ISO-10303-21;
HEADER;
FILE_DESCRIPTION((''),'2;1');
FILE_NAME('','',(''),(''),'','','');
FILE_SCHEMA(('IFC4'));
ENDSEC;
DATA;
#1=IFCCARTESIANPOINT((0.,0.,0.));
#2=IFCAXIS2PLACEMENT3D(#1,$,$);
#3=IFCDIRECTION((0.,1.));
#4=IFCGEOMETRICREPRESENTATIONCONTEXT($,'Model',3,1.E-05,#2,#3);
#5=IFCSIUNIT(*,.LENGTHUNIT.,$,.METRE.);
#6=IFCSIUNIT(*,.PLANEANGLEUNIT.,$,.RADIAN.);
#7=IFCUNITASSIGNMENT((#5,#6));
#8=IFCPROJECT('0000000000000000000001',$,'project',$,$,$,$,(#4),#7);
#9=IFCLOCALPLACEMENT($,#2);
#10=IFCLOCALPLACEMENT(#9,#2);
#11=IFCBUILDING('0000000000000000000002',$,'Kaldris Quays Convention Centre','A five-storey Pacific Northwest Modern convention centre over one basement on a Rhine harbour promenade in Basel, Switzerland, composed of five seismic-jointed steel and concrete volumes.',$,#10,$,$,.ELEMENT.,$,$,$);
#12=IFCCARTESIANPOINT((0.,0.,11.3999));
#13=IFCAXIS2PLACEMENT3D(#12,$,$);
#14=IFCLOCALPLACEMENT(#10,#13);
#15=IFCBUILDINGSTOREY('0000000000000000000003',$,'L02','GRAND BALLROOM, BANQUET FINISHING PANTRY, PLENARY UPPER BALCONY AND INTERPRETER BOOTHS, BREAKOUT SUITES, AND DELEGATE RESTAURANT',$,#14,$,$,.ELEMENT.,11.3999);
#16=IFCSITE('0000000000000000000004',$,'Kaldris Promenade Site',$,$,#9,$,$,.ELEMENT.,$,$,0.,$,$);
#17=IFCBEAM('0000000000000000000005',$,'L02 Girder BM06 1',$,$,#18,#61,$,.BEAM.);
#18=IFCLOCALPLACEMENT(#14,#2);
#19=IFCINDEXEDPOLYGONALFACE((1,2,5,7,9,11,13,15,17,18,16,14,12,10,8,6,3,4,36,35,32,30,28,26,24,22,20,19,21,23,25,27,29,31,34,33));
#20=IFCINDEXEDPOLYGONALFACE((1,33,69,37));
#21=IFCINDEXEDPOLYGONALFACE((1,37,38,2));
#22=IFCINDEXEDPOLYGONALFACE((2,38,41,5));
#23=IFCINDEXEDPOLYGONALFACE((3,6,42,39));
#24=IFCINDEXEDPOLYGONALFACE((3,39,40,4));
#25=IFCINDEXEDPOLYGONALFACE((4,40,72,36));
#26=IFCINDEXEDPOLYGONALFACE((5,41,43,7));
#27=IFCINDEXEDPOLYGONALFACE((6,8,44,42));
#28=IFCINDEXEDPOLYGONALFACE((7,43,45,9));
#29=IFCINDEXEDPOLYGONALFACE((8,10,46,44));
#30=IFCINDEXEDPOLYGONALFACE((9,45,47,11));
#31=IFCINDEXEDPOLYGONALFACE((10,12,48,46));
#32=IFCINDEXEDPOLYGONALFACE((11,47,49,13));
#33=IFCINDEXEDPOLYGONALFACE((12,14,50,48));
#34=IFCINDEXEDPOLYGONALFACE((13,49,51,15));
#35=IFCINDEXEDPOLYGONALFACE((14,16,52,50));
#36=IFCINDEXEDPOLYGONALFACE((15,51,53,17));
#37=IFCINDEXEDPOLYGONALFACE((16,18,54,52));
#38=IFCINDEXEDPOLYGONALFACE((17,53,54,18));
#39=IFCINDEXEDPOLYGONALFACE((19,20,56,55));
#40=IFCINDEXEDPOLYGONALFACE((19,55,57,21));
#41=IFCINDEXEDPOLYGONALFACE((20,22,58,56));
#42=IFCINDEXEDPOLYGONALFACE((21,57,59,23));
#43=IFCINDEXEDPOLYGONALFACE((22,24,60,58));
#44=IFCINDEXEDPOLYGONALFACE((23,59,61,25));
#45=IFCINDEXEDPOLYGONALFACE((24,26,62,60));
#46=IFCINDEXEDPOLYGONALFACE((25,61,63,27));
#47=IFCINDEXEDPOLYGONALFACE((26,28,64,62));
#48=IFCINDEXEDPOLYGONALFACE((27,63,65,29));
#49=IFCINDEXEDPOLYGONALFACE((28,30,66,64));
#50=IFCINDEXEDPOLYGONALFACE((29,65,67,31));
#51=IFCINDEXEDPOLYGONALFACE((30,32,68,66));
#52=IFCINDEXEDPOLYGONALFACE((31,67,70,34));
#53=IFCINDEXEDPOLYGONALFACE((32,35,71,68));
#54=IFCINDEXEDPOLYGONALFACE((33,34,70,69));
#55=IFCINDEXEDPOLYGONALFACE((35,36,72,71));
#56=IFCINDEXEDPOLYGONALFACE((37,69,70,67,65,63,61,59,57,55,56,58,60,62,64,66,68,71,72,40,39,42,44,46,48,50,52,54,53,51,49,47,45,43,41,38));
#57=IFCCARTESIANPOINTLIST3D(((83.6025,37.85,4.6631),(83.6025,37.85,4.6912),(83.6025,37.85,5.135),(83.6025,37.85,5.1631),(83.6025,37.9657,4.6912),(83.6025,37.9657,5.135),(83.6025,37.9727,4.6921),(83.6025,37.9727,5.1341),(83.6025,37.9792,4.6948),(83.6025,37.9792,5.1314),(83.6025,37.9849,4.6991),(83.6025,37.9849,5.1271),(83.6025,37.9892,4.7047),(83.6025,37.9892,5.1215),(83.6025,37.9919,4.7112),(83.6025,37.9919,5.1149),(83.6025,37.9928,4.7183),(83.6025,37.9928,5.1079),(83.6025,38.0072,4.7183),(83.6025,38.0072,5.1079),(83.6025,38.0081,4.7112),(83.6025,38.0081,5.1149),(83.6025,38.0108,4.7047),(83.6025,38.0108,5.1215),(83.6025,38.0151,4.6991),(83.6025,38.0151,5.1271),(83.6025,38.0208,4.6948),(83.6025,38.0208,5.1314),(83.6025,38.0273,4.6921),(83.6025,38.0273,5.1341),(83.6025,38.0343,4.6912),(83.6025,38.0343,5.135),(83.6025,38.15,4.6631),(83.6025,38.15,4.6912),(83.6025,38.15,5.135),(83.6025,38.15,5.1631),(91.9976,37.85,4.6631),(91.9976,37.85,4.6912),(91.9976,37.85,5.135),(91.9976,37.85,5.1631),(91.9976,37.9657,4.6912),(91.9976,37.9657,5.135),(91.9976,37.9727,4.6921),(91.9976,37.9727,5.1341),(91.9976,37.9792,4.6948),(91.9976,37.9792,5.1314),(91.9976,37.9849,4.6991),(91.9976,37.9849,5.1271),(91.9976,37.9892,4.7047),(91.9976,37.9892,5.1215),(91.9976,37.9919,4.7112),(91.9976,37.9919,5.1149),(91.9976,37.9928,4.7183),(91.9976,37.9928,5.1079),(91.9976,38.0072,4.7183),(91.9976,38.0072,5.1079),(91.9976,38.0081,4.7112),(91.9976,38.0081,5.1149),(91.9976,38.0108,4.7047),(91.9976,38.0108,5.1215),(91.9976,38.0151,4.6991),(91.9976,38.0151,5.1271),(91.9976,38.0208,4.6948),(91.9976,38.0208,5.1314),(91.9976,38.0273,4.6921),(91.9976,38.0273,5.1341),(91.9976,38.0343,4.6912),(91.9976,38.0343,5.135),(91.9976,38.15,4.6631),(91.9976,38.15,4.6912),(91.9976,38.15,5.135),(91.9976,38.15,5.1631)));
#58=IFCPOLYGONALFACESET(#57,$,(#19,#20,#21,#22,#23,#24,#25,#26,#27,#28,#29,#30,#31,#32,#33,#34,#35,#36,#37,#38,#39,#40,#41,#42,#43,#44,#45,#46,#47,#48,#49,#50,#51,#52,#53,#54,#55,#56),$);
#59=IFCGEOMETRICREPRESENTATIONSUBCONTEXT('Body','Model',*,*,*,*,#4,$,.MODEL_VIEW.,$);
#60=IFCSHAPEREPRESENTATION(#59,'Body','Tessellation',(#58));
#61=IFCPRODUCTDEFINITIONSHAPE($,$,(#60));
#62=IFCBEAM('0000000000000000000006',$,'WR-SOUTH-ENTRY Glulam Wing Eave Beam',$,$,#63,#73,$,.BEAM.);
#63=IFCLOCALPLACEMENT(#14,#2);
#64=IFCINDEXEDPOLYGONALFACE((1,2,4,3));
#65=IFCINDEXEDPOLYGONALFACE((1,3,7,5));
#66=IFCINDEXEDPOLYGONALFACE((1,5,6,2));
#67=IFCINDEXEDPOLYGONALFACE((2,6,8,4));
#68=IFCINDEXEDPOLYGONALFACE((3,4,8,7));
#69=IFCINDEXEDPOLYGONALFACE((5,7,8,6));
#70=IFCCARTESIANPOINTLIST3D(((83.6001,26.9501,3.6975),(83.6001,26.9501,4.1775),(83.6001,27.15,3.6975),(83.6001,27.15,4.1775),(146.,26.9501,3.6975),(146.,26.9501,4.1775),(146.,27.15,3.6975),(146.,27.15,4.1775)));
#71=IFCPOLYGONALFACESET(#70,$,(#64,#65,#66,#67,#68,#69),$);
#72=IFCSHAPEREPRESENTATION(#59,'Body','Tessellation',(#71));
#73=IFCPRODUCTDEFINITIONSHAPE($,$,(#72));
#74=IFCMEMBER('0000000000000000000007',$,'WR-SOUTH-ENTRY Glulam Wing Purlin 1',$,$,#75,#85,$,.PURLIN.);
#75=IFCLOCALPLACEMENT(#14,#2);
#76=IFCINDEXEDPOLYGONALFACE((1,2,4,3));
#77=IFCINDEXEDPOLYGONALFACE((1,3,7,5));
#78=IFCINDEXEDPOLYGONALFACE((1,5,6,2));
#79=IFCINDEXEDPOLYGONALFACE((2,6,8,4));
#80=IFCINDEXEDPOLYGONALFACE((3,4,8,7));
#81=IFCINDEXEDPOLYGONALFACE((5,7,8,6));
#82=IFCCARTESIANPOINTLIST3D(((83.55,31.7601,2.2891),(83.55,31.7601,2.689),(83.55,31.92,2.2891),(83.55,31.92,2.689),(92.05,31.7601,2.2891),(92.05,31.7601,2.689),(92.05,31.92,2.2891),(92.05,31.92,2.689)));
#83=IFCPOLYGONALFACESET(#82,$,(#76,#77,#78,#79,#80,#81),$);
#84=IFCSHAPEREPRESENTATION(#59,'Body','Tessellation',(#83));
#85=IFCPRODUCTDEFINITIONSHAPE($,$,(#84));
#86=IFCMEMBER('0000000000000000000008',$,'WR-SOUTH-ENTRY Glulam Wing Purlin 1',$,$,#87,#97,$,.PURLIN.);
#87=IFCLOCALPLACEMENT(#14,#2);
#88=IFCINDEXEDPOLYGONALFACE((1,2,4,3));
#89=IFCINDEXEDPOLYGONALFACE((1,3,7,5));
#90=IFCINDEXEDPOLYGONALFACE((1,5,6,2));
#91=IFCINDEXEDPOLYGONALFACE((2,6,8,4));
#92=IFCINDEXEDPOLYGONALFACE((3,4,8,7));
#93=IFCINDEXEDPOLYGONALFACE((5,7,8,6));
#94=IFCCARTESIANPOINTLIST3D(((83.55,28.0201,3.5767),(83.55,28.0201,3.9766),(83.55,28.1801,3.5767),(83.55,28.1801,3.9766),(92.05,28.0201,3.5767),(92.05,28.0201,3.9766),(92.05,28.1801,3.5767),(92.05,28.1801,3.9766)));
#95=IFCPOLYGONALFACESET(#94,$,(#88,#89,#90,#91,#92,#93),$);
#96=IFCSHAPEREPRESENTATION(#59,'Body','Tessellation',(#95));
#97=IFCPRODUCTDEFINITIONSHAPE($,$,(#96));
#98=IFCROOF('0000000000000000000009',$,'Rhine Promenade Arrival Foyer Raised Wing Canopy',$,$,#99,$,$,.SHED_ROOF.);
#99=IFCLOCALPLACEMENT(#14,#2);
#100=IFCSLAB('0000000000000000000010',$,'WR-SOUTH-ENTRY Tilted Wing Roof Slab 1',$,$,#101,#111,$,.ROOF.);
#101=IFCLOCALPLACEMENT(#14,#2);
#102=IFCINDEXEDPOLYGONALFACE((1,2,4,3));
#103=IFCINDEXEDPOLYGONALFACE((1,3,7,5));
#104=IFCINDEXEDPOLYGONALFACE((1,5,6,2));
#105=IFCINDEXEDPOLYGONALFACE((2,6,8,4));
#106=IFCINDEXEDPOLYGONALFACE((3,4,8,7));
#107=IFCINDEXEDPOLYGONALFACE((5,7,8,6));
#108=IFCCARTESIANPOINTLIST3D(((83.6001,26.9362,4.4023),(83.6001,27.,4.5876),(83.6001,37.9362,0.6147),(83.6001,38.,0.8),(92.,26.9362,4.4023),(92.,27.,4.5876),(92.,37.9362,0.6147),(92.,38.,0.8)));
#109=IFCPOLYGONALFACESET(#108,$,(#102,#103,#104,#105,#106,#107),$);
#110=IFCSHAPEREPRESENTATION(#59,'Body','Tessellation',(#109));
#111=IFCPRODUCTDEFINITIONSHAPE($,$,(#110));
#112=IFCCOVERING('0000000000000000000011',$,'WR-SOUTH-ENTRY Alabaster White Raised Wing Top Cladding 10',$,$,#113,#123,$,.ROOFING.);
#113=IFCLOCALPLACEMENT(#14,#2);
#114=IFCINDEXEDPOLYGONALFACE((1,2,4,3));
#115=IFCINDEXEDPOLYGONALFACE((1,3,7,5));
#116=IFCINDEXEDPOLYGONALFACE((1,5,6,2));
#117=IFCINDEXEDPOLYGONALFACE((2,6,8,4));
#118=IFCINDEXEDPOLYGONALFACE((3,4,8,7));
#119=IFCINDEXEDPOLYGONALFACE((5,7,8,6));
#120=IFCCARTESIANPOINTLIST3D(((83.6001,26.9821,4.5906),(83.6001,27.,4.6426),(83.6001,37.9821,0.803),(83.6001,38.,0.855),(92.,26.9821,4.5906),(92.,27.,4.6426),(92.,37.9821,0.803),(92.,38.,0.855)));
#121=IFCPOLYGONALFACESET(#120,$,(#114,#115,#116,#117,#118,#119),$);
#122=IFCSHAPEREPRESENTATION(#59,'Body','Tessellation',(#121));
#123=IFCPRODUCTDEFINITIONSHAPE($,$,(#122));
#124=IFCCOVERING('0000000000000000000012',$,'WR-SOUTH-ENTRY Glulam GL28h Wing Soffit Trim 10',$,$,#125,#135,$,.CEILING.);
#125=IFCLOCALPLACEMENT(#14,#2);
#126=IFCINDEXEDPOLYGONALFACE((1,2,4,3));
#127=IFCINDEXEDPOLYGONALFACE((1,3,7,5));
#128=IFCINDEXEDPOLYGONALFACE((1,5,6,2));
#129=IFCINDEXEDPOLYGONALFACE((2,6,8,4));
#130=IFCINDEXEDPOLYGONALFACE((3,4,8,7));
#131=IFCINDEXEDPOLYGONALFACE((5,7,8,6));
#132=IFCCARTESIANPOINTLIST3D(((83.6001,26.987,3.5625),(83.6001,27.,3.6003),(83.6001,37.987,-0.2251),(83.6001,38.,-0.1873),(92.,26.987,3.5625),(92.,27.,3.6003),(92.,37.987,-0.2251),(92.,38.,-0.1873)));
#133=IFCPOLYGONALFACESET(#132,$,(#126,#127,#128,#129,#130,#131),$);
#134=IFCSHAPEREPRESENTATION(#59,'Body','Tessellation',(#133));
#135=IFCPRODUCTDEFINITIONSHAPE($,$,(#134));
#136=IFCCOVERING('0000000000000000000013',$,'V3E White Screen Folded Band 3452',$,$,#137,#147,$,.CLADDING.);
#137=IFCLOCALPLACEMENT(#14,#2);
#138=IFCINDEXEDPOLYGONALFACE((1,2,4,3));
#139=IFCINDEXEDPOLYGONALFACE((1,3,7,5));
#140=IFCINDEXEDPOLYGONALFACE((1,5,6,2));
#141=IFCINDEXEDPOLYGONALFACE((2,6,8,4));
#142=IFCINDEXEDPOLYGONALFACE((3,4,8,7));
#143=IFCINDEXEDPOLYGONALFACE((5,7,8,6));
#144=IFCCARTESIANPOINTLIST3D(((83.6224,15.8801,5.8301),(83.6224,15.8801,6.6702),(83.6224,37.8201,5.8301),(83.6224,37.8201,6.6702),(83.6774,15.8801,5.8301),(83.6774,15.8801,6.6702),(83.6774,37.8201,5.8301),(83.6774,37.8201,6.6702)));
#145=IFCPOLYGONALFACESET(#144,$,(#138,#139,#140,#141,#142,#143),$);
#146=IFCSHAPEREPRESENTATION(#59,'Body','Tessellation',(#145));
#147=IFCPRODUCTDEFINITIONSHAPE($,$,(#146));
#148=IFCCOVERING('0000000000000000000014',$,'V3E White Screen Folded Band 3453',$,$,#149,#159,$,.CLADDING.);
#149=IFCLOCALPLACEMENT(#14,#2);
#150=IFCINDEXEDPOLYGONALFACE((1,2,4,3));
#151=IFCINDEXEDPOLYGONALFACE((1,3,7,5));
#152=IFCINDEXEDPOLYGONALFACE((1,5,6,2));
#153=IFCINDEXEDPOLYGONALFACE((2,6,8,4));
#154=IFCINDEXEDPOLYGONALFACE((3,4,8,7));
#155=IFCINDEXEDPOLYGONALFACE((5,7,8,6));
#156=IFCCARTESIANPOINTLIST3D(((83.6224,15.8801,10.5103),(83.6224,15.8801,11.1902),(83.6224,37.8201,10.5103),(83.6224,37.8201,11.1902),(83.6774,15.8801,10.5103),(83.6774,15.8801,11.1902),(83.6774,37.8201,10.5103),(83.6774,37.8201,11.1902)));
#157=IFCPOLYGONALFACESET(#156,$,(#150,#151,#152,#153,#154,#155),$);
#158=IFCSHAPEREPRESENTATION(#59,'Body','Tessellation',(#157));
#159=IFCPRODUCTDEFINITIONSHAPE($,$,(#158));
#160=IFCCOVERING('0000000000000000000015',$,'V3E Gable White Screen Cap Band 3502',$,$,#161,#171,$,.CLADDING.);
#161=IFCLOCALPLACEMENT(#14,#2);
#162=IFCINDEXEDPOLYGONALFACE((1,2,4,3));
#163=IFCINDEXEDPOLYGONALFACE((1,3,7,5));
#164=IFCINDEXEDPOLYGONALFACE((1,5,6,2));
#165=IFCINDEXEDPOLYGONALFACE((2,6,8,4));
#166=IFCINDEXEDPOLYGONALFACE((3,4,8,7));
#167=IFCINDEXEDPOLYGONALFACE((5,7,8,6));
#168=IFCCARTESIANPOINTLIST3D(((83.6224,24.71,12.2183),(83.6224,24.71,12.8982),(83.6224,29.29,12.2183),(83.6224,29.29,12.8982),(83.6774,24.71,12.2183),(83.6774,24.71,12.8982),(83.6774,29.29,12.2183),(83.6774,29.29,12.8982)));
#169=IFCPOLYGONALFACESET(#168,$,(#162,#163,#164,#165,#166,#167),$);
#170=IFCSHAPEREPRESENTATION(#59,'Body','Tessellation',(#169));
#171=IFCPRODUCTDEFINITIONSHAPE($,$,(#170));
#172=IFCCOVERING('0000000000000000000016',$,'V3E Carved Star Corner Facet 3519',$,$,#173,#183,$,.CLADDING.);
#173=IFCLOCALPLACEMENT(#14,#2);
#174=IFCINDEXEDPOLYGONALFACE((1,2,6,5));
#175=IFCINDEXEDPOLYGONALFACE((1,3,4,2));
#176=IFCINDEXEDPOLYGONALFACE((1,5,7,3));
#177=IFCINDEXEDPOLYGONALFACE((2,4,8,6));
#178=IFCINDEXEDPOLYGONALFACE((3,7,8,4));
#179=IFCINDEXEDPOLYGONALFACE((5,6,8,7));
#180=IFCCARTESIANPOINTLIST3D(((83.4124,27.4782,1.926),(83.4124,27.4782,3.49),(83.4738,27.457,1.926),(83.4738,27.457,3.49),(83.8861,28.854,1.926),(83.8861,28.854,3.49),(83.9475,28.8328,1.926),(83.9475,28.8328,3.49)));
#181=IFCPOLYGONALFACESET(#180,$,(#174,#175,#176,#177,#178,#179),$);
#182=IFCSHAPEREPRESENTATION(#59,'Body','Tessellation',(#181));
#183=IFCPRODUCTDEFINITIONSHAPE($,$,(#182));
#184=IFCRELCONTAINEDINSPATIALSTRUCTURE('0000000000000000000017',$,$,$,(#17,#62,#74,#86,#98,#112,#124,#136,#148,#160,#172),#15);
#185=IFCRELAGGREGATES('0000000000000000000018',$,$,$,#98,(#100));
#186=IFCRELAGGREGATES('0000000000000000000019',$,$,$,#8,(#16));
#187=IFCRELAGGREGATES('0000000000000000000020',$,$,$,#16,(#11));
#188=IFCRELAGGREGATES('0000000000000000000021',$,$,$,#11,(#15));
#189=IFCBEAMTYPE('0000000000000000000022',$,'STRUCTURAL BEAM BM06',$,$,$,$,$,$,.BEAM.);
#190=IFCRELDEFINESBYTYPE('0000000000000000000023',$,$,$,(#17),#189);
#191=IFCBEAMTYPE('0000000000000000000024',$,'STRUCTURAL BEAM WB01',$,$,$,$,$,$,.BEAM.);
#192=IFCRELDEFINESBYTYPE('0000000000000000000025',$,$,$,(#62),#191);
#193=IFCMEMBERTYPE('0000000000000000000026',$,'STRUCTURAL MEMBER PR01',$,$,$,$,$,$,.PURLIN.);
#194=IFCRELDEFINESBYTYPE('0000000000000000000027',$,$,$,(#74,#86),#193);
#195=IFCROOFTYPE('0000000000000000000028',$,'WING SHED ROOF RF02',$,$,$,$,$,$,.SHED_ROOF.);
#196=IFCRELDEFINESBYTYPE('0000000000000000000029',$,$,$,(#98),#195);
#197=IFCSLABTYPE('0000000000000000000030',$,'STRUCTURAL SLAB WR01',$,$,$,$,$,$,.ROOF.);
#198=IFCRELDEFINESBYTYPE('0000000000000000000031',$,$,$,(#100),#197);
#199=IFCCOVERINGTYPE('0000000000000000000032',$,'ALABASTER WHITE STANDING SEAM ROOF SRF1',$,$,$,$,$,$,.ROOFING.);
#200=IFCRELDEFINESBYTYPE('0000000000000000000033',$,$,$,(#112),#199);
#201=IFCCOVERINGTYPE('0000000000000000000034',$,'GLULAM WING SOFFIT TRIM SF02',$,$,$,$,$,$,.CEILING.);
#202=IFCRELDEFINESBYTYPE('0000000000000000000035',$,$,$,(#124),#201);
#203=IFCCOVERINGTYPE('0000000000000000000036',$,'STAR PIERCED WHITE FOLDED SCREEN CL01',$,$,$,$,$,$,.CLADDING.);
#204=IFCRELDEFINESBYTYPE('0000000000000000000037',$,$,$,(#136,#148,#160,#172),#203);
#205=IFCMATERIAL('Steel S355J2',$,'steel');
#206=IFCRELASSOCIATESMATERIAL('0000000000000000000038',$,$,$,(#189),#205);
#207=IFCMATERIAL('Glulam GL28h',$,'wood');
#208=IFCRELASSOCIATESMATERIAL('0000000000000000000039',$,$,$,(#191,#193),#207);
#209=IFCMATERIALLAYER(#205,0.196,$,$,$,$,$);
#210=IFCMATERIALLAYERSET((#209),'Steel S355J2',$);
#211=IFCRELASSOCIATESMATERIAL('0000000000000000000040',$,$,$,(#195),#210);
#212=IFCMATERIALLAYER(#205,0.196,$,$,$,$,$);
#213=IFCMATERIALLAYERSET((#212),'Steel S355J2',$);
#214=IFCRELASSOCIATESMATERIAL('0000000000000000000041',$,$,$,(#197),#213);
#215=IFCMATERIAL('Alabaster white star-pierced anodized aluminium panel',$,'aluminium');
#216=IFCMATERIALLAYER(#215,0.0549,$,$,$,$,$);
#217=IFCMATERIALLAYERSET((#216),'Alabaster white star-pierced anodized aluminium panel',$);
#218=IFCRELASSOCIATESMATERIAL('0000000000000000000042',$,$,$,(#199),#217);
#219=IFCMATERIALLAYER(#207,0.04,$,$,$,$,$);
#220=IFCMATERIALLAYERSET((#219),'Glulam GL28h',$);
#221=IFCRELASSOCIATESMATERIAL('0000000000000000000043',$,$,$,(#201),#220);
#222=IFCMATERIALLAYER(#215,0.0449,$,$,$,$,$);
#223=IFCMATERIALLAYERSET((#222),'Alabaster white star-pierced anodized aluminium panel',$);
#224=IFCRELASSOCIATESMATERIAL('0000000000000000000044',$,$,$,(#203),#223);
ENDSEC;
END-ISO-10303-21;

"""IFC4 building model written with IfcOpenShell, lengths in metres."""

from ifc_helpers import new_model, si_unit, direction, frame, origin, origin_2d, place, context, subcontext, project, spatial, polyline, rectangle, i_section, outline, extrude, material, layer, layer_set, material_profile, profile_set, type_object, element, aggregate, save


model = new_model("IFC4")

# Units and contexts
model_context = context("Model", 3, precision=1e-05, world=origin(), true_north=direction((0.0, 1.0)))
body_context = subcontext(model_context, "Body", "Model", "MODEL_VIEW")
ifc_project = project(units=[si_unit("LENGTHUNIT", "METRE"), si_unit("PLANEANGLEUNIT", "RADIAN")], contexts=[model_context])

# Site, building, storey
site_placement = place(None, origin())
site = spatial("IfcSite", under=ifc_project, at=site_placement, Name="Kaldris Promenade Site", CompositionType="ELEMENT", RefElevation=0.0)
building_placement = place(site_placement, origin())
building = spatial("IfcBuilding", under=site, at=building_placement, Name="Kaldris Quays Convention Centre", Description="A five-storey Pacific Northwest Modern convention centre over one basement on a Rhine harbour promenade in Basel, Switzerland, composed of five seismic-jointed steel and concrete volumes.", CompositionType="ELEMENT")
storey_placement = place(building_placement, frame((0.0, 0.0, 11.3999)))
storey = spatial("IfcBuildingStorey", under=building, at=storey_placement, Name="L02", Description="GRAND BALLROOM, BANQUET FINISHING PANTRY, PLENARY UPPER BALCONY AND INTERPRETER BOOTHS, BREAKOUT SUITES, AND DELEGATE RESTAURANT", CompositionType="ELEMENT", Elevation=11.3999)

# Beams
ifc_material_1 = material(Name="Steel S355J2", Category="steel")
ifc_material_profile_1 = material_profile(ifc_material_1, i_section(OverallWidth=0.3, OverallDepth=0.5, WebThickness=0.0144, FlangeThickness=0.0281, FilletRadius=0.0271, at=origin_2d()), Name="HEB 500")
ifc_profile_set_1 = profile_set([ifc_material_profile_1], Name="Steel S355J2")
beam_type_1 = type_object("IfcBeamType", Name="STRUCTURAL BEAM BM06", PredefinedType="BEAM", material=ifc_profile_set_1)
beam_1_placement = place(storey_placement, frame((83.6025, 38.0, 4.9131), z_axis=(1.0, 0.0, 0.0), x_axis=(0.0, 1.0, 0.0)))
element("IfcBeam", 1, at=beam_1_placement, inside=storey, type_object=beam_type_1, Name="L02 Girder BM06 1", PredefinedType="BEAM", context=body_context, shape_type="SweptSolid", body=[
    extrude(i_section(OverallWidth=0.3, OverallDepth=0.5, WebThickness=0.0144, FlangeThickness=0.0281, FilletRadius=0.0271, at=origin_2d()), origin(), (0.0, 0.0, 1.0), 8.395),
])
ifc_material_2 = material(Name="Glulam GL28h", Category="wood")
ifc_material_profile_2 = material_profile(ifc_material_2, rectangle(XDim=0.2, YDim=0.48, at=origin_2d()), Name="GL 200x480")
ifc_profile_set_2 = profile_set([ifc_material_profile_2], Name="Glulam GL28h")
beam_type_2 = type_object("IfcBeamType", Name="STRUCTURAL BEAM WB01", PredefinedType="BEAM", material=ifc_profile_set_2)
beam_2_placement = place(storey_placement, frame((83.6001, 27.05, 3.9375), z_axis=(1.0, 0.0, 0.0), x_axis=(0.0, 1.0, 0.0)))
element("IfcBeam", 2, at=beam_2_placement, inside=storey, type_object=beam_type_2, Name="WR-SOUTH-ENTRY Glulam Wing Eave Beam", PredefinedType="BEAM", context=body_context, shape_type="SweptSolid", body=[
    extrude(rectangle(XDim=0.2, YDim=0.48, at=origin_2d()), origin(), (0.0, 0.0, 1.0), 62.3999),
])

# Members
ifc_material_profile_3 = material_profile(ifc_material_2, rectangle(XDim=0.1599, YDim=0.3999, at=origin_2d()), Name="GL 160x400")
ifc_profile_set_3 = profile_set([ifc_material_profile_3], Name="Glulam GL28h")
member_type = type_object("IfcMemberType", Name="STRUCTURAL MEMBER PR01", PredefinedType="PURLIN", material=ifc_profile_set_3)
for number, where, z_axis, x_axis, name in (
    (3, (83.55, 31.8401, 2.489), (1.0, 0.0, 0.0), (0.0, 1.0, 0.0), "WR-SOUTH-ENTRY Glulam Wing Purlin 1"),
    (4, (83.55, 28.1001, 3.7766), (1.0, 0.0, 0.0), (0.0, 1.0, 0.0), "WR-SOUTH-ENTRY Glulam Wing Purlin 1"),
):
    element("IfcMember", number, at=place(storey_placement, frame(where, z_axis=z_axis, x_axis=x_axis)), inside=storey, type_object=member_type, Name=name, PredefinedType="PURLIN", context=body_context, shape_type="SweptSolid", body=[
        extrude(rectangle(XDim=0.1599, YDim=0.3999, at=origin_2d()), origin(), (0.0, 0.0, 1.0), 8.5),
    ])

# Roof, slab
ifc_layer_1 = layer(ifc_material_1, 0.196)
ifc_layer_set_1 = layer_set([ifc_layer_1], Name="Steel S355J2")
roof_type = type_object("IfcRoofType", Name="WING SHED ROOF RF02", PredefinedType="SHED_ROOF", material=ifc_layer_set_1)
roof_placement = place(storey_placement, origin())
roof = element("IfcRoof", 5, at=roof_placement, inside=storey, type_object=roof_type, Name="Rhine Promenade Arrival Foyer Raised Wing Canopy", PredefinedType="SHED_ROOF")
ifc_layer_2 = layer(ifc_material_1, 0.196)
ifc_layer_set_2 = layer_set([ifc_layer_2], Name="Steel S355J2")
slab_type = type_object("IfcSlabType", Name="STRUCTURAL SLAB WR01", PredefinedType="ROOF", material=ifc_layer_set_2)
slab_placement = place(storey_placement, frame((83.6001, 27.0, 4.5876), z_axis=(0.0, 0.325568, 0.945519), x_axis=(1.0, 0.0, 0.0)))
slab = element("IfcSlab", 6, at=slab_placement, type_object=slab_type, Name="WR-SOUTH-ENTRY Tilted Wing Roof Slab 1", PredefinedType="ROOF", context=body_context, shape_type="SweptSolid", body=[
    extrude(outline(polyline([(0.0, 0.0), (8.3999, 0.0), (8.3999, 11.6338), (0.0, 11.6338), (0.0, 0.0)])), origin(), (0.0, 0.0, -1.0), 0.196),
])
aggregate(roof, [slab])

# Coverings
ifc_material_3 = material(Name="Alabaster white star-pierced anodized aluminium panel", Category="aluminium")
ifc_layer_3 = layer(ifc_material_3, 0.0549)
ifc_layer_set_3 = layer_set([ifc_layer_3], Name="Alabaster white star-pierced anodized aluminium panel")
covering_type_1 = type_object("IfcCoveringType", Name="ALABASTER WHITE STANDING SEAM ROOF SRF1", PredefinedType="ROOFING", material=ifc_layer_set_3)
covering_1_placement = place(storey_placement, frame((83.6001, 27.0, 4.6426), z_axis=(0.0, 0.325568, 0.945519), x_axis=(1.0, 0.0, 0.0)))
element("IfcCovering", 7, at=covering_1_placement, inside=storey, type_object=covering_type_1, Name="WR-SOUTH-ENTRY Alabaster White Raised Wing Top Cladding 10", PredefinedType="ROOFING", context=body_context, shape_type="SweptSolid", body=[
    extrude(outline(polyline([(0.0, 0.0), (8.3999, 0.0), (8.3999, 11.6338), (0.0, 11.6338), (0.0, 0.0)])), origin(), (0.0, 0.0, -1.0), 0.0549),
])
ifc_layer_4 = layer(ifc_material_2, 0.04)
ifc_layer_set_4 = layer_set([ifc_layer_4], Name="Glulam GL28h")
covering_type_2 = type_object("IfcCoveringType", Name="GLULAM WING SOFFIT TRIM SF02", PredefinedType="CEILING", material=ifc_layer_set_4)
covering_2_placement = place(storey_placement, frame((83.6001, 27.0, 3.6003), z_axis=(0.0, 0.325568, 0.945519), x_axis=(1.0, 0.0, 0.0)))
element("IfcCovering", 8, at=covering_2_placement, inside=storey, type_object=covering_type_2, Name="WR-SOUTH-ENTRY Glulam GL28h Wing Soffit Trim 10", PredefinedType="CEILING", context=body_context, shape_type="SweptSolid", body=[
    extrude(outline(polyline([(0.0, 0.0), (8.3999, 0.0), (8.3999, 11.6338), (0.0, 11.6338), (0.0, 0.0)])), origin(), (0.0, 0.0, -1.0), 0.04),
])
ifc_layer_5 = layer(ifc_material_3, 0.0449)
ifc_layer_set_5 = layer_set([ifc_layer_5], Name="Alabaster white star-pierced anodized aluminium panel")
covering_type_3 = type_object("IfcCoveringType", Name="STAR PIERCED WHITE FOLDED SCREEN CL01", PredefinedType="CLADDING", material=ifc_layer_set_5)
covering_3_placement = place(storey_placement, frame((83.6499, 26.8501, 5.8301), z_axis=(0.0, 0.0, 1.0), x_axis=(0.0, 1.0, 0.0)))
element("IfcCovering", 9, at=covering_3_placement, inside=storey, type_object=covering_type_3, Name="V3E White Screen Folded Band 3452", PredefinedType="CLADDING", context=body_context, shape_type="SweptSolid", body=[
    extrude(rectangle(XDim=21.9399, YDim=0.0549, at=origin_2d()), origin(), (0.0, 0.0, 1.0), 0.8401),
])
covering_4_placement = place(storey_placement, frame((83.6499, 26.8501, 10.5103), z_axis=(0.0, 0.0, 1.0), x_axis=(0.0, 1.0, 0.0)))
element("IfcCovering", 10, at=covering_4_placement, inside=storey, type_object=covering_type_3, Name="V3E White Screen Folded Band 3453", PredefinedType="CLADDING", context=body_context, shape_type="SweptSolid", body=[
    extrude(rectangle(XDim=21.9399, YDim=0.0549, at=origin_2d()), origin(), (0.0, 0.0, 1.0), 0.6799),
])
covering_5_placement = place(storey_placement, frame((83.6499, 27.0, 12.2183), z_axis=(0.0, 0.0, 1.0), x_axis=(0.0, 1.0, 0.0)))
element("IfcCovering", 11, at=covering_5_placement, inside=storey, type_object=covering_type_3, Name="V3E Gable White Screen Cap Band 3502", PredefinedType="CLADDING", context=body_context, shape_type="SweptSolid", body=[
    extrude(rectangle(XDim=4.5801, YDim=0.0549, at=origin_2d()), origin(), (0.0, 0.0, 1.0), 0.6799),
])
for number, where, z_axis, x_axis, name in (
    (12, (83.6799, 28.1555, 1.926), (0.0, 0.0, 1.0), (0.325568, 0.945519, 0.0), "V3E Carved Star Corner Facet 3519"),
):
    element("IfcCovering", number, at=place(storey_placement, frame(where, z_axis=z_axis, x_axis=x_axis)), inside=storey, type_object=covering_type_3, Name=name, PredefinedType="CLADDING", context=body_context, shape_type="SweptSolid", body=[
        extrude(rectangle(XDim=1.4551, YDim=0.0649, at=origin_2d()), origin(), (0.0, 0.0, 1.0), 1.564),
    ])

save(model, "model.ifc")
